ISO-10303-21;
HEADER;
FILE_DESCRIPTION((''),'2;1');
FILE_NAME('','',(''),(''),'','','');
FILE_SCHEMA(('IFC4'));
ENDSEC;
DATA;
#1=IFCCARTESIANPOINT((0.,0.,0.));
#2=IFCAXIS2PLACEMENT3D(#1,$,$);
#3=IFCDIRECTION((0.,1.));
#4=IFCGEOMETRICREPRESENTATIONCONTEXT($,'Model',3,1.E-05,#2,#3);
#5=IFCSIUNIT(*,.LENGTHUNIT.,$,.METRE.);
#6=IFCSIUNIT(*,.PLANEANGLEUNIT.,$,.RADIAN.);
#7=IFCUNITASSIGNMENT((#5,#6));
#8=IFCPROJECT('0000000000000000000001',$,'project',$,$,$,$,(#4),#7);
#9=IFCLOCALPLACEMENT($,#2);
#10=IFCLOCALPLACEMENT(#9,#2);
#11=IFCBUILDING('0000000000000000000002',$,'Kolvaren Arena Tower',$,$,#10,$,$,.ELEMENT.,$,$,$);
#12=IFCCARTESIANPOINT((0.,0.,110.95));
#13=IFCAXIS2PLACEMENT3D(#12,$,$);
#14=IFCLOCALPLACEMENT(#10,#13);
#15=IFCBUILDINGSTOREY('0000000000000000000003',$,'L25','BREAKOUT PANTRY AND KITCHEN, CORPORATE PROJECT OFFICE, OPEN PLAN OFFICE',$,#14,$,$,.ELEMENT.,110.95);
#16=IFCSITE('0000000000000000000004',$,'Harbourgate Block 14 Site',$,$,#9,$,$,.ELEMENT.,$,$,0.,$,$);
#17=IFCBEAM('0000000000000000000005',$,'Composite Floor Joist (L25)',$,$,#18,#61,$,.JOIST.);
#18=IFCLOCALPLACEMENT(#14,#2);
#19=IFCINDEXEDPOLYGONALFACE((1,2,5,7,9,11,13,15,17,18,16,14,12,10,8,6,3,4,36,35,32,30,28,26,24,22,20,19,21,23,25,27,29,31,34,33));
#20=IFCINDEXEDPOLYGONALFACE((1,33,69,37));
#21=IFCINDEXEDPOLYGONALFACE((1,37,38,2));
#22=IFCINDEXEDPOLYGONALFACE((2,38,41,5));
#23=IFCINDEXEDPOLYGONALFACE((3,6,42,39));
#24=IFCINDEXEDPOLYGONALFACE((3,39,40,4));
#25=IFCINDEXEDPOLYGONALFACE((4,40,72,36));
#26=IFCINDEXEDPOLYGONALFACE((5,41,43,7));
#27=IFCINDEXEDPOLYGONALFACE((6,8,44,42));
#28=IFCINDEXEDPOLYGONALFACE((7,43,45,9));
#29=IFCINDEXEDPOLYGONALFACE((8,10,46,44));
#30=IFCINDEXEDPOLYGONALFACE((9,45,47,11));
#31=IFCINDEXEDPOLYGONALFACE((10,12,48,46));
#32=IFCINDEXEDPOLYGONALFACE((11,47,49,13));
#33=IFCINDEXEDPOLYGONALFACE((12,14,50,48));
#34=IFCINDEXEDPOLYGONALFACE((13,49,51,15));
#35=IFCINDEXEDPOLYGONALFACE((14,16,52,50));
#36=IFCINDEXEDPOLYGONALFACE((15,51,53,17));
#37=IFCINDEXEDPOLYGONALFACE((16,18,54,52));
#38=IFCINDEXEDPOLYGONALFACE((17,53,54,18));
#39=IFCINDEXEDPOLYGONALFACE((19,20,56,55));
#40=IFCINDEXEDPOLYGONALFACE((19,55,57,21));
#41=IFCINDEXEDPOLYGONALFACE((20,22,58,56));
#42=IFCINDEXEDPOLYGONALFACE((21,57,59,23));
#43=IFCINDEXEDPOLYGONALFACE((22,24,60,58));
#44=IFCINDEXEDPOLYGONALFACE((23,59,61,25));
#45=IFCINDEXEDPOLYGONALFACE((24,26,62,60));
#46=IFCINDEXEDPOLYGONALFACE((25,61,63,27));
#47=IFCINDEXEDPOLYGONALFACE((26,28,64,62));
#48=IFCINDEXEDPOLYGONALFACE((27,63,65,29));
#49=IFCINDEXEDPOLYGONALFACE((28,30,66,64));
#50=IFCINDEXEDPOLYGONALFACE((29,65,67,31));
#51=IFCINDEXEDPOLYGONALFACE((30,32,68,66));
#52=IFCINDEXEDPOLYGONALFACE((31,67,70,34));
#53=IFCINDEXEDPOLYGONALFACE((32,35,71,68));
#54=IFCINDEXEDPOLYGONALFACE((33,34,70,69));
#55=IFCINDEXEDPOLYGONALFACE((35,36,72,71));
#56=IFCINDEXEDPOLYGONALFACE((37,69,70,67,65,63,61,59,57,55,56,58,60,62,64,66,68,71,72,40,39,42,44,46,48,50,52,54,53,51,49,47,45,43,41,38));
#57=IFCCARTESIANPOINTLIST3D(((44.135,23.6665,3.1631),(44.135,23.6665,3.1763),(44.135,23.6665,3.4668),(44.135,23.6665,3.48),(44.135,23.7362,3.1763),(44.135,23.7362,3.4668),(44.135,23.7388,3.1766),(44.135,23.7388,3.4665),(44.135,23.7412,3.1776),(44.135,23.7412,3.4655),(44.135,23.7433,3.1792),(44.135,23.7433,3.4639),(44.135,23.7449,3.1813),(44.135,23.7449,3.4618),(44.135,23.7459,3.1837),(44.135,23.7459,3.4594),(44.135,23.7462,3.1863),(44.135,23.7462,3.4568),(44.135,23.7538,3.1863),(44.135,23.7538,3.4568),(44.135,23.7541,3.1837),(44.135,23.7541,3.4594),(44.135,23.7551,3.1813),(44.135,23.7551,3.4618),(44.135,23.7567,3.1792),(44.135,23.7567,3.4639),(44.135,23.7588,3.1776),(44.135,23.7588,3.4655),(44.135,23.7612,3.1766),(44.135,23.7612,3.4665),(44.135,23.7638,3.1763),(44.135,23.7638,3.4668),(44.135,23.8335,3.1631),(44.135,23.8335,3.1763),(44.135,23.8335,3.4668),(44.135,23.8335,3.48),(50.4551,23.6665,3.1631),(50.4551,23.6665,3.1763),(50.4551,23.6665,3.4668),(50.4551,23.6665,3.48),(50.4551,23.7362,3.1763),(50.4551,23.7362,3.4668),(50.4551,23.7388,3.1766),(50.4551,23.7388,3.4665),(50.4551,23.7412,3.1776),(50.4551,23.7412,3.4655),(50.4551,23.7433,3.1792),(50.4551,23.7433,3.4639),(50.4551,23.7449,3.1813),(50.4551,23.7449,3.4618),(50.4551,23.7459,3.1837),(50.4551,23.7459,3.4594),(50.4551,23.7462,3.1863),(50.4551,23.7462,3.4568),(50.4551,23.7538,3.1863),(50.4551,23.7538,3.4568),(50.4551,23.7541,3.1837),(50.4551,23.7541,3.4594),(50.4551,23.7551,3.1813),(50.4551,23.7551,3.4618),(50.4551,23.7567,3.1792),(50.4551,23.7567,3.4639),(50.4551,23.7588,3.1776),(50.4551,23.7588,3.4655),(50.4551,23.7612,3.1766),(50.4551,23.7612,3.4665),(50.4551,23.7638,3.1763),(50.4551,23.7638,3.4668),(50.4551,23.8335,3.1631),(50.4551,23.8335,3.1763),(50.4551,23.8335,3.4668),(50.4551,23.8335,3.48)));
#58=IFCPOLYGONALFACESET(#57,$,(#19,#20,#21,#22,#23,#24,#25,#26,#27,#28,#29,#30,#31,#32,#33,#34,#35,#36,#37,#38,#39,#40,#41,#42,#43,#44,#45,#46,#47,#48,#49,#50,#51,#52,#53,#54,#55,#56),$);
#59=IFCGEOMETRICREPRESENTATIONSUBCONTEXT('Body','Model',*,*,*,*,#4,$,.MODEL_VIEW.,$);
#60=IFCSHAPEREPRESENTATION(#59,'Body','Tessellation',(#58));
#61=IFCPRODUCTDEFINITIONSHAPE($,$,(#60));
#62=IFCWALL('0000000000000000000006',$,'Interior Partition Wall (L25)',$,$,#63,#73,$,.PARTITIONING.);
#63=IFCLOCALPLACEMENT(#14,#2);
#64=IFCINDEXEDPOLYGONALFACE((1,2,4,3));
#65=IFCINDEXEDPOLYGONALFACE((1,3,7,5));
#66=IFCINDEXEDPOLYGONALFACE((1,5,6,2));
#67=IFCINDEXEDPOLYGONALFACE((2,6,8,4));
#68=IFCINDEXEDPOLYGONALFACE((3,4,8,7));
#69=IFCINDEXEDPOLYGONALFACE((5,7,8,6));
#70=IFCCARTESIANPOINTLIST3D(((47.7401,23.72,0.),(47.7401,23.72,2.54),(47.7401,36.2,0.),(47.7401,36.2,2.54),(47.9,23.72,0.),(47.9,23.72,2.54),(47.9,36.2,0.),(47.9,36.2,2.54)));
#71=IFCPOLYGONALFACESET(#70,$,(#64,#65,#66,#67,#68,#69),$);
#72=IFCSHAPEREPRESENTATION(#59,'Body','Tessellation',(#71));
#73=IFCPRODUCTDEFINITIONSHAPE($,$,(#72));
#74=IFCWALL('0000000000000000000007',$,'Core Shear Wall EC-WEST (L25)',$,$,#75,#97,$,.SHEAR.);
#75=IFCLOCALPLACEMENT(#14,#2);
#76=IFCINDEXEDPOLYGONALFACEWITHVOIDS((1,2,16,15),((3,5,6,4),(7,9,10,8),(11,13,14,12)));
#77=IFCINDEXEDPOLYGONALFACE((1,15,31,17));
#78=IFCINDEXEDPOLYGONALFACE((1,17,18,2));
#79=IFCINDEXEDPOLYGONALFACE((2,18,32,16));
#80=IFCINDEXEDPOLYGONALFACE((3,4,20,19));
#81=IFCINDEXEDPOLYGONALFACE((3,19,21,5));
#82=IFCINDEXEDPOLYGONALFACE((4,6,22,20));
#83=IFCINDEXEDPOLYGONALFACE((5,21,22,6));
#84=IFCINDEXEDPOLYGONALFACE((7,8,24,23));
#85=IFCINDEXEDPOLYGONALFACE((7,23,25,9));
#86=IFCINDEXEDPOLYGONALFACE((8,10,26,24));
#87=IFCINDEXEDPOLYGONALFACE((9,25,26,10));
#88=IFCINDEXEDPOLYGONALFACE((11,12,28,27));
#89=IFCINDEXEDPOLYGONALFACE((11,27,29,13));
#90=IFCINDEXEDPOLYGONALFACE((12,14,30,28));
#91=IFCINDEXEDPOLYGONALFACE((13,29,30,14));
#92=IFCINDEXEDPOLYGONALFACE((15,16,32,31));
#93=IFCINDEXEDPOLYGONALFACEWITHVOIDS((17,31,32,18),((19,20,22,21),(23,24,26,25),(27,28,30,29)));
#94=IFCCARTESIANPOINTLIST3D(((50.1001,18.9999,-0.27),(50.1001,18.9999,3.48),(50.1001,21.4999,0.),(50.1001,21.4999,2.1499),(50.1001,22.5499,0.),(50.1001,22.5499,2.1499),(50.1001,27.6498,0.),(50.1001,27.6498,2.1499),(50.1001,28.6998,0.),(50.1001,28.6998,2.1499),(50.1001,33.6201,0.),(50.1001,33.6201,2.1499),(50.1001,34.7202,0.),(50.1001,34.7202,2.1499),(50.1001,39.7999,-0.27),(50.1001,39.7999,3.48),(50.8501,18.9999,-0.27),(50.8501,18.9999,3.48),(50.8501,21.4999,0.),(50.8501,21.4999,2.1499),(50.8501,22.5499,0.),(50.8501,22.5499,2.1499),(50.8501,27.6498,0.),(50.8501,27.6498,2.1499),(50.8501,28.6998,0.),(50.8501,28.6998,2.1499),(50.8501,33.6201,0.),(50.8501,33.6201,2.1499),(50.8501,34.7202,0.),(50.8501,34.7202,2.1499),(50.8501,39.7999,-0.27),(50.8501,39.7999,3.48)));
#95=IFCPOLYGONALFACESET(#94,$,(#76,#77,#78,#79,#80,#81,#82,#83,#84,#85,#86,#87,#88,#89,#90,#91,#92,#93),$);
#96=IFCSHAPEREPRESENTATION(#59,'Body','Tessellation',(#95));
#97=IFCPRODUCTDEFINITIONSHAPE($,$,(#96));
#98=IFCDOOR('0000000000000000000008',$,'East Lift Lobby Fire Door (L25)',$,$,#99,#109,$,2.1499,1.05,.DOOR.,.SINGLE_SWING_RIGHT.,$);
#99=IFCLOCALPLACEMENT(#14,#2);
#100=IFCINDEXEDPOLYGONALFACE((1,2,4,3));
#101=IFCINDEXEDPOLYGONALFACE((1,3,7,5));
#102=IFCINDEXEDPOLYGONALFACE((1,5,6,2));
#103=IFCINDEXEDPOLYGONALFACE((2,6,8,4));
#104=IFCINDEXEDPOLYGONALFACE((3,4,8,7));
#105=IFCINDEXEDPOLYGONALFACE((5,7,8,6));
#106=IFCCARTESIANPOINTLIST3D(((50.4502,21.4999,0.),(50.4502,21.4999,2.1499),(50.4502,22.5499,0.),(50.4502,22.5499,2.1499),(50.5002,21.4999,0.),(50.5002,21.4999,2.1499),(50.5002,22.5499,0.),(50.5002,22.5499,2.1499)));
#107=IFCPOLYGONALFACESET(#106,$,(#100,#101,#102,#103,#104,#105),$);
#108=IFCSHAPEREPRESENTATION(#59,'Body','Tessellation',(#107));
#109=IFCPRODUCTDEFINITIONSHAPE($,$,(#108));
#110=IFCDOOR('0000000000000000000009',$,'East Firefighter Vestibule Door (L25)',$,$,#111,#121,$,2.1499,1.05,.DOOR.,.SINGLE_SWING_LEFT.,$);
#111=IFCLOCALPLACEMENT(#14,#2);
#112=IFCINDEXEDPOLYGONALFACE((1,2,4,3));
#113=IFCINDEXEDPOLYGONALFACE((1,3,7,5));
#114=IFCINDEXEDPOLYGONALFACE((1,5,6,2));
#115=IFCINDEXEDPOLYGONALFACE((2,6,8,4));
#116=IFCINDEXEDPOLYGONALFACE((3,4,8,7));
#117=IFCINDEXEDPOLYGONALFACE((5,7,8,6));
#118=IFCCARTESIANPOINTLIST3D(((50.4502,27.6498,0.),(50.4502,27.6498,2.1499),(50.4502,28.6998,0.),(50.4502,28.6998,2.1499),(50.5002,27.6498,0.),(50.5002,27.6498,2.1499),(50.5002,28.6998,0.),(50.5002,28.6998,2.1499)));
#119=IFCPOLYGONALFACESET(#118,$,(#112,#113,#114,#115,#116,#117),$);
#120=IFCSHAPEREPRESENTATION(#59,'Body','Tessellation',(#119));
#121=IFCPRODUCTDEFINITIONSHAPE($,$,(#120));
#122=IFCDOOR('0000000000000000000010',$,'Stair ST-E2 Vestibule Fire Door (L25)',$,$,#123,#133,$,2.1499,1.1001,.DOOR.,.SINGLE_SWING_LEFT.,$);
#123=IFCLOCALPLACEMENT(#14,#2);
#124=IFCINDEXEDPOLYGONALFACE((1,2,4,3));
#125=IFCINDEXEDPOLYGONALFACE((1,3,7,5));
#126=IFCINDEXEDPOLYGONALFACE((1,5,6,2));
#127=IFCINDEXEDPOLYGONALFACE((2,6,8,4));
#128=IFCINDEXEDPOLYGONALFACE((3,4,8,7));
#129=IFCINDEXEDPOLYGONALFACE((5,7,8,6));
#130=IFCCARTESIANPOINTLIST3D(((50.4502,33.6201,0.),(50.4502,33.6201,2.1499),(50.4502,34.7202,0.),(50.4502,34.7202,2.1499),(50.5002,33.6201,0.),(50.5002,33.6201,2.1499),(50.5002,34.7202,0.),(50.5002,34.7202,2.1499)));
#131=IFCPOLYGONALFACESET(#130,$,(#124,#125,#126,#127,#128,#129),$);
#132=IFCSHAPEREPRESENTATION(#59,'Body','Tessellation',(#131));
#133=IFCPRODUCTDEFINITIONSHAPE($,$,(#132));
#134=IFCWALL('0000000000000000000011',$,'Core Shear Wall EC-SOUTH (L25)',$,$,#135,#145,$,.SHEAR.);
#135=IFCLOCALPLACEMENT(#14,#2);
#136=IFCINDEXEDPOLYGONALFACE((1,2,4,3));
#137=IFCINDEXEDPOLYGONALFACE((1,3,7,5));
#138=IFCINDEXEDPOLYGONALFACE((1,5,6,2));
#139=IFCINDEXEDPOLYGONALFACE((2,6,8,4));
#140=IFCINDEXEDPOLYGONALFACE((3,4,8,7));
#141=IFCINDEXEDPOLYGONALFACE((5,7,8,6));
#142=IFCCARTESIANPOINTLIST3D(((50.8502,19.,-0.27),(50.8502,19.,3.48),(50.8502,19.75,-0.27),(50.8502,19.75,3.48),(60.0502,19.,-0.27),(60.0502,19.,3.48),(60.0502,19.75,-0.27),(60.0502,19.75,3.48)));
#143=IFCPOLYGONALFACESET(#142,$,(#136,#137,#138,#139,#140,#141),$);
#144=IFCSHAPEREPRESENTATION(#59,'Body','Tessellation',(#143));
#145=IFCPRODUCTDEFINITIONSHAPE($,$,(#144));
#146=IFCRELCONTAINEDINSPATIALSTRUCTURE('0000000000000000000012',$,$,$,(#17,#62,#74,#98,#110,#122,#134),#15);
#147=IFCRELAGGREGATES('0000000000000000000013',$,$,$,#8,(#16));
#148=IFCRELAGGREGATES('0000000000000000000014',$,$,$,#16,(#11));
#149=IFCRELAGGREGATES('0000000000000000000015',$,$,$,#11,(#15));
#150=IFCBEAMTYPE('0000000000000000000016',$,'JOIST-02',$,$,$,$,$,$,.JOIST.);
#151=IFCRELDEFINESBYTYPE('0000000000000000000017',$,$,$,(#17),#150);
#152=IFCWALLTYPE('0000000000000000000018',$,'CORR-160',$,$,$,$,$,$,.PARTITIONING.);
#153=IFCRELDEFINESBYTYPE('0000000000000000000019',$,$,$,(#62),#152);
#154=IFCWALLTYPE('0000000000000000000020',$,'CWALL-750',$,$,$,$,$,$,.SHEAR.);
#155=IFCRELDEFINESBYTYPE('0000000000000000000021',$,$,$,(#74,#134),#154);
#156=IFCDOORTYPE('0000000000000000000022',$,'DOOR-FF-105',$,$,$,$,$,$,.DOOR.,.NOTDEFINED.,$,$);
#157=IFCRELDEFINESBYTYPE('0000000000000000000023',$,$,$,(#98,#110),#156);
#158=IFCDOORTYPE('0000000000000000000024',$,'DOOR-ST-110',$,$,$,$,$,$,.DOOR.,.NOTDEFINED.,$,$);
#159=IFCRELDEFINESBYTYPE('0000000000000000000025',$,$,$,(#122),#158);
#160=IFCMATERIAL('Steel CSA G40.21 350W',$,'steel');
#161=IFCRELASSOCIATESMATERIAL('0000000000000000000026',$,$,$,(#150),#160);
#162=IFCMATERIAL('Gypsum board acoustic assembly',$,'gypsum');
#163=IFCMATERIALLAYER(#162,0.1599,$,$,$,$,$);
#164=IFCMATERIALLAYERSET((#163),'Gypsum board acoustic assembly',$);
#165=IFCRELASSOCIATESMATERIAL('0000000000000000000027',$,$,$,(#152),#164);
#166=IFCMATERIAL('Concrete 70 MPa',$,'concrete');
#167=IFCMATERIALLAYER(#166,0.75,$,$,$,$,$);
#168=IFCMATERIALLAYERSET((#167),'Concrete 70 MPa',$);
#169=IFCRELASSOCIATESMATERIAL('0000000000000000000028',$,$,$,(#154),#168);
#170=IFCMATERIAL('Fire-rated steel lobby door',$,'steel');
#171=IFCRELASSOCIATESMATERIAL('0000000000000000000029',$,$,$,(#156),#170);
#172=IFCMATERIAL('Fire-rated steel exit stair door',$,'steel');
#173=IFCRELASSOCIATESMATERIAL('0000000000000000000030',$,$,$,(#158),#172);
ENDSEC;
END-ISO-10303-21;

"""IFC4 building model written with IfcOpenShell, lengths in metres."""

from ifc_helpers import new_model, si_unit, direction, frame, frame_2d, origin, origin_2d, place, context, subcontext, project, spatial, rectangle, i_section, extrude, material, layer, layer_set, material_profile, profile_set, type_object, element, fill, save


model = new_model("IFC4")

# Units and contexts
model_context = context("Model", 3, precision=1e-05, world=origin(), true_north=direction((0.0, 1.0)))
body_context = subcontext(model_context, "Body", "Model", "MODEL_VIEW")
ifc_project = project(units=[si_unit("LENGTHUNIT", "METRE"), si_unit("PLANEANGLEUNIT", "RADIAN")], contexts=[model_context])

# Site, building, storey
site_placement = place(None, origin())
site = spatial("IfcSite", under=ifc_project, at=site_placement, Name="Harbourgate Block 14 Site", CompositionType="ELEMENT", RefElevation=0.0)
building_placement = place(site_placement, origin())
building = spatial("IfcBuilding", under=site, at=building_placement, Name="Kolvaren Arena Tower", CompositionType="ELEMENT")
storey_placement = place(building_placement, frame((0.0, 0.0, 110.95)))
storey = spatial("IfcBuildingStorey", under=building, at=storey_placement, Name="L25", Description="BREAKOUT PANTRY AND KITCHEN, CORPORATE PROJECT OFFICE, OPEN PLAN OFFICE", CompositionType="ELEMENT", Elevation=110.95)

# Beam
ifc_material_1 = material(Name="Steel CSA G40.21 350W", Category="steel")
ifc_material_profile_1 = material_profile(ifc_material_1, i_section(OverallWidth=0.167, OverallDepth=0.3169, WebThickness=0.0076, FlangeThickness=0.0132, FilletRadius=0.01, at=origin_2d()), Name="W310x52")
ifc_profile_set_1 = profile_set([ifc_material_profile_1], Name="Steel CSA G40.21 350W")
beam_type_1 = type_object("IfcBeamType", Name="JOIST-02", PredefinedType="JOIST", material=ifc_profile_set_1)
beam_1_placement = place(storey_placement, frame((44.135, 23.75, 3.3215), z_axis=(1.0, 0.0, 0.0), x_axis=(0.0, 1.0, 0.0)))
element("IfcBeam", 1, at=beam_1_placement, inside=storey, type_object=beam_type_1, Name="Composite Floor Joist (L25)", PredefinedType="JOIST", context=body_context, shape_type="SweptSolid", body=[
    extrude(i_section(OverallWidth=0.167, OverallDepth=0.3169, WebThickness=0.0076, FlangeThickness=0.0132, FilletRadius=0.01, at=origin_2d()), origin(), (0.0, 0.0, 1.0), 6.3201),
])

# Shared definitions
ifc_material_2 = material(Name="Gypsum board acoustic assembly", Category="gypsum")
ifc_layer_1 = layer(ifc_material_2, 0.1599)
ifc_layer_set_1 = layer_set([ifc_layer_1], Name="Gypsum board acoustic assembly")
wall_type_1 = type_object("IfcWallType", Name="CORR-160", PredefinedType="PARTITIONING", material=ifc_layer_set_1)

# Wall
wall_1_placement = place(storey_placement, frame((47.8201, 23.72, 0.0), z_axis=(0.0, 0.0, 1.0), x_axis=(0.0, 1.0, 0.0)))
element("IfcWall", 2, at=wall_1_placement, inside=storey, type_object=wall_type_1, Name="Interior Partition Wall (L25)", PredefinedType="PARTITIONING", context=body_context, shape_type="SweptSolid", body=[
    extrude(rectangle(XDim=12.48, YDim=0.1599, at=frame_2d((6.24, 0.0))), origin(), (0.0, 0.0, 1.0), 2.54),
])

# Wall, openings, doors
ifc_material_3 = material(Name="Concrete 70 MPa", Category="concrete")
ifc_layer_2 = layer(ifc_material_3, 0.75)
ifc_layer_set_2 = layer_set([ifc_layer_2], Name="Concrete 70 MPa")
wall_type_2 = type_object("IfcWallType", Name="CWALL-750", PredefinedType="SHEAR", material=ifc_layer_set_2)
wall_2_placement = place(storey_placement, frame((50.4751, 19.0, -0.27), z_axis=(0.0, 0.0, 1.0), x_axis=(0.0, 1.0, 0.0)))
wall_2 = element("IfcWall", 3, at=wall_2_placement, inside=storey, type_object=wall_type_2, Name="Core Shear Wall EC-WEST (L25)", PredefinedType="SHEAR", context=body_context, shape_type="SweptSolid", body=[
    extrude(rectangle(XDim=20.8, YDim=0.75, at=frame_2d((10.3999, 0.0))), origin(), (0.0, 0.0, 1.0), 3.75),
])
opening_1_placement = place(wall_2_placement, frame((2.5, 0.0, 0.27)))
opening_1 = element("IfcOpeningElement", 4, at=opening_1_placement, cuts=wall_2, PredefinedType="OPENING", context=body_context, shape_type="SweptSolid", body=[
    extrude(rectangle(XDim=1.05, YDim=2.1499, at=frame_2d((0.5249, 1.075))), frame((0.0, 0.385, 0.0), z_axis=(0.0, -1.0, 0.0), x_axis=(1.0, 0.0, 0.0)), (0.0, 0.0, 1.0), 0.77),
])
opening_2_placement = place(wall_2_placement, frame((8.6499, 0.0, 0.27)))
opening_2 = element("IfcOpeningElement", 5, at=opening_2_placement, cuts=wall_2, PredefinedType="OPENING", context=body_context, shape_type="SweptSolid", body=[
    extrude(rectangle(XDim=1.05, YDim=2.1499, at=frame_2d((0.5249, 1.075))), frame((0.0, 0.385, 0.0), z_axis=(0.0, -1.0, 0.0), x_axis=(1.0, 0.0, 0.0)), (0.0, 0.0, 1.0), 0.77),
])
opening_3_placement = place(wall_2_placement, frame((14.6201, 0.0, 0.27)))
opening_3 = element("IfcOpeningElement", 6, at=opening_3_placement, cuts=wall_2, PredefinedType="OPENING", context=body_context, shape_type="SweptSolid", body=[
    extrude(rectangle(XDim=1.1001, YDim=2.1499, at=frame_2d((0.55, 1.075))), frame((0.0, 0.385, 0.0), z_axis=(0.0, -1.0, 0.0), x_axis=(1.0, 0.0, 0.0)), (0.0, 0.0, 1.0), 0.77),
])
ifc_material_4 = material(Name="Fire-rated steel lobby door", Category="steel")
door_type_1 = type_object("IfcDoorType", Name="DOOR-FF-105", OperationType="NOTDEFINED", PredefinedType="DOOR", material=ifc_material_4)
door_1_placement = place(opening_1_placement, origin())
door_1 = element("IfcDoor", 7, at=door_1_placement, inside=storey, type_object=door_type_1, Name="East Lift Lobby Fire Door (L25)", OperationType="SINGLE_SWING_RIGHT", OverallHeight=2.1499, OverallWidth=1.05, PredefinedType="DOOR", context=body_context, shape_type="SweptSolid", body=[
    extrude(rectangle(XDim=1.05, YDim=2.1499, at=frame_2d((0.5249, 1.075))), frame((0.0, 0.0249, 0.0), z_axis=(0.0, -1.0, 0.0), x_axis=(1.0, 0.0, 0.0)), (0.0, 0.0, 1.0), 0.05),
])
fill(opening_1, door_1)
door_2_placement = place(opening_2_placement, origin())
door_2 = element("IfcDoor", 8, at=door_2_placement, inside=storey, type_object=door_type_1, Name="East Firefighter Vestibule Door (L25)", OperationType="SINGLE_SWING_LEFT", OverallHeight=2.1499, OverallWidth=1.05, PredefinedType="DOOR", context=body_context, shape_type="SweptSolid", body=[
    extrude(rectangle(XDim=1.05, YDim=2.1499, at=frame_2d((0.5249, 1.075))), frame((0.0, 0.0249, 0.0), z_axis=(0.0, -1.0, 0.0), x_axis=(1.0, 0.0, 0.0)), (0.0, 0.0, 1.0), 0.05),
])
fill(opening_2, door_2)
ifc_material_5 = material(Name="Fire-rated steel exit stair door", Category="steel")
door_type_2 = type_object("IfcDoorType", Name="DOOR-ST-110", OperationType="NOTDEFINED", PredefinedType="DOOR", material=ifc_material_5)
door_3_placement = place(opening_3_placement, origin())
door_3 = element("IfcDoor", 9, at=door_3_placement, inside=storey, type_object=door_type_2, Name="Stair ST-E2 Vestibule Fire Door (L25)", OperationType="SINGLE_SWING_LEFT", OverallHeight=2.1499, OverallWidth=1.1001, PredefinedType="DOOR", context=body_context, shape_type="SweptSolid", body=[
    extrude(rectangle(XDim=1.1001, YDim=2.1499, at=frame_2d((0.55, 1.075))), frame((0.0, 0.0249, 0.0), z_axis=(0.0, -1.0, 0.0), x_axis=(1.0, 0.0, 0.0)), (0.0, 0.0, 1.0), 0.05),
])
fill(opening_3, door_3)

# Wall
wall_3_placement = place(storey_placement, frame((50.8501, 19.375, -0.27), z_axis=(0.0, 0.0, 1.0), x_axis=(1.0, 0.0, 0.0)))
element("IfcWall", 10, at=wall_3_placement, inside=storey, type_object=wall_type_2, Name="Core Shear Wall EC-SOUTH (L25)", PredefinedType="SHEAR", context=body_context, shape_type="SweptSolid", body=[
    extrude(rectangle(XDim=9.2, YDim=0.75, at=frame_2d((4.6001, 0.0))), origin(), (0.0, 0.0, 1.0), 3.75),
])

save(model, "model.ifc")
